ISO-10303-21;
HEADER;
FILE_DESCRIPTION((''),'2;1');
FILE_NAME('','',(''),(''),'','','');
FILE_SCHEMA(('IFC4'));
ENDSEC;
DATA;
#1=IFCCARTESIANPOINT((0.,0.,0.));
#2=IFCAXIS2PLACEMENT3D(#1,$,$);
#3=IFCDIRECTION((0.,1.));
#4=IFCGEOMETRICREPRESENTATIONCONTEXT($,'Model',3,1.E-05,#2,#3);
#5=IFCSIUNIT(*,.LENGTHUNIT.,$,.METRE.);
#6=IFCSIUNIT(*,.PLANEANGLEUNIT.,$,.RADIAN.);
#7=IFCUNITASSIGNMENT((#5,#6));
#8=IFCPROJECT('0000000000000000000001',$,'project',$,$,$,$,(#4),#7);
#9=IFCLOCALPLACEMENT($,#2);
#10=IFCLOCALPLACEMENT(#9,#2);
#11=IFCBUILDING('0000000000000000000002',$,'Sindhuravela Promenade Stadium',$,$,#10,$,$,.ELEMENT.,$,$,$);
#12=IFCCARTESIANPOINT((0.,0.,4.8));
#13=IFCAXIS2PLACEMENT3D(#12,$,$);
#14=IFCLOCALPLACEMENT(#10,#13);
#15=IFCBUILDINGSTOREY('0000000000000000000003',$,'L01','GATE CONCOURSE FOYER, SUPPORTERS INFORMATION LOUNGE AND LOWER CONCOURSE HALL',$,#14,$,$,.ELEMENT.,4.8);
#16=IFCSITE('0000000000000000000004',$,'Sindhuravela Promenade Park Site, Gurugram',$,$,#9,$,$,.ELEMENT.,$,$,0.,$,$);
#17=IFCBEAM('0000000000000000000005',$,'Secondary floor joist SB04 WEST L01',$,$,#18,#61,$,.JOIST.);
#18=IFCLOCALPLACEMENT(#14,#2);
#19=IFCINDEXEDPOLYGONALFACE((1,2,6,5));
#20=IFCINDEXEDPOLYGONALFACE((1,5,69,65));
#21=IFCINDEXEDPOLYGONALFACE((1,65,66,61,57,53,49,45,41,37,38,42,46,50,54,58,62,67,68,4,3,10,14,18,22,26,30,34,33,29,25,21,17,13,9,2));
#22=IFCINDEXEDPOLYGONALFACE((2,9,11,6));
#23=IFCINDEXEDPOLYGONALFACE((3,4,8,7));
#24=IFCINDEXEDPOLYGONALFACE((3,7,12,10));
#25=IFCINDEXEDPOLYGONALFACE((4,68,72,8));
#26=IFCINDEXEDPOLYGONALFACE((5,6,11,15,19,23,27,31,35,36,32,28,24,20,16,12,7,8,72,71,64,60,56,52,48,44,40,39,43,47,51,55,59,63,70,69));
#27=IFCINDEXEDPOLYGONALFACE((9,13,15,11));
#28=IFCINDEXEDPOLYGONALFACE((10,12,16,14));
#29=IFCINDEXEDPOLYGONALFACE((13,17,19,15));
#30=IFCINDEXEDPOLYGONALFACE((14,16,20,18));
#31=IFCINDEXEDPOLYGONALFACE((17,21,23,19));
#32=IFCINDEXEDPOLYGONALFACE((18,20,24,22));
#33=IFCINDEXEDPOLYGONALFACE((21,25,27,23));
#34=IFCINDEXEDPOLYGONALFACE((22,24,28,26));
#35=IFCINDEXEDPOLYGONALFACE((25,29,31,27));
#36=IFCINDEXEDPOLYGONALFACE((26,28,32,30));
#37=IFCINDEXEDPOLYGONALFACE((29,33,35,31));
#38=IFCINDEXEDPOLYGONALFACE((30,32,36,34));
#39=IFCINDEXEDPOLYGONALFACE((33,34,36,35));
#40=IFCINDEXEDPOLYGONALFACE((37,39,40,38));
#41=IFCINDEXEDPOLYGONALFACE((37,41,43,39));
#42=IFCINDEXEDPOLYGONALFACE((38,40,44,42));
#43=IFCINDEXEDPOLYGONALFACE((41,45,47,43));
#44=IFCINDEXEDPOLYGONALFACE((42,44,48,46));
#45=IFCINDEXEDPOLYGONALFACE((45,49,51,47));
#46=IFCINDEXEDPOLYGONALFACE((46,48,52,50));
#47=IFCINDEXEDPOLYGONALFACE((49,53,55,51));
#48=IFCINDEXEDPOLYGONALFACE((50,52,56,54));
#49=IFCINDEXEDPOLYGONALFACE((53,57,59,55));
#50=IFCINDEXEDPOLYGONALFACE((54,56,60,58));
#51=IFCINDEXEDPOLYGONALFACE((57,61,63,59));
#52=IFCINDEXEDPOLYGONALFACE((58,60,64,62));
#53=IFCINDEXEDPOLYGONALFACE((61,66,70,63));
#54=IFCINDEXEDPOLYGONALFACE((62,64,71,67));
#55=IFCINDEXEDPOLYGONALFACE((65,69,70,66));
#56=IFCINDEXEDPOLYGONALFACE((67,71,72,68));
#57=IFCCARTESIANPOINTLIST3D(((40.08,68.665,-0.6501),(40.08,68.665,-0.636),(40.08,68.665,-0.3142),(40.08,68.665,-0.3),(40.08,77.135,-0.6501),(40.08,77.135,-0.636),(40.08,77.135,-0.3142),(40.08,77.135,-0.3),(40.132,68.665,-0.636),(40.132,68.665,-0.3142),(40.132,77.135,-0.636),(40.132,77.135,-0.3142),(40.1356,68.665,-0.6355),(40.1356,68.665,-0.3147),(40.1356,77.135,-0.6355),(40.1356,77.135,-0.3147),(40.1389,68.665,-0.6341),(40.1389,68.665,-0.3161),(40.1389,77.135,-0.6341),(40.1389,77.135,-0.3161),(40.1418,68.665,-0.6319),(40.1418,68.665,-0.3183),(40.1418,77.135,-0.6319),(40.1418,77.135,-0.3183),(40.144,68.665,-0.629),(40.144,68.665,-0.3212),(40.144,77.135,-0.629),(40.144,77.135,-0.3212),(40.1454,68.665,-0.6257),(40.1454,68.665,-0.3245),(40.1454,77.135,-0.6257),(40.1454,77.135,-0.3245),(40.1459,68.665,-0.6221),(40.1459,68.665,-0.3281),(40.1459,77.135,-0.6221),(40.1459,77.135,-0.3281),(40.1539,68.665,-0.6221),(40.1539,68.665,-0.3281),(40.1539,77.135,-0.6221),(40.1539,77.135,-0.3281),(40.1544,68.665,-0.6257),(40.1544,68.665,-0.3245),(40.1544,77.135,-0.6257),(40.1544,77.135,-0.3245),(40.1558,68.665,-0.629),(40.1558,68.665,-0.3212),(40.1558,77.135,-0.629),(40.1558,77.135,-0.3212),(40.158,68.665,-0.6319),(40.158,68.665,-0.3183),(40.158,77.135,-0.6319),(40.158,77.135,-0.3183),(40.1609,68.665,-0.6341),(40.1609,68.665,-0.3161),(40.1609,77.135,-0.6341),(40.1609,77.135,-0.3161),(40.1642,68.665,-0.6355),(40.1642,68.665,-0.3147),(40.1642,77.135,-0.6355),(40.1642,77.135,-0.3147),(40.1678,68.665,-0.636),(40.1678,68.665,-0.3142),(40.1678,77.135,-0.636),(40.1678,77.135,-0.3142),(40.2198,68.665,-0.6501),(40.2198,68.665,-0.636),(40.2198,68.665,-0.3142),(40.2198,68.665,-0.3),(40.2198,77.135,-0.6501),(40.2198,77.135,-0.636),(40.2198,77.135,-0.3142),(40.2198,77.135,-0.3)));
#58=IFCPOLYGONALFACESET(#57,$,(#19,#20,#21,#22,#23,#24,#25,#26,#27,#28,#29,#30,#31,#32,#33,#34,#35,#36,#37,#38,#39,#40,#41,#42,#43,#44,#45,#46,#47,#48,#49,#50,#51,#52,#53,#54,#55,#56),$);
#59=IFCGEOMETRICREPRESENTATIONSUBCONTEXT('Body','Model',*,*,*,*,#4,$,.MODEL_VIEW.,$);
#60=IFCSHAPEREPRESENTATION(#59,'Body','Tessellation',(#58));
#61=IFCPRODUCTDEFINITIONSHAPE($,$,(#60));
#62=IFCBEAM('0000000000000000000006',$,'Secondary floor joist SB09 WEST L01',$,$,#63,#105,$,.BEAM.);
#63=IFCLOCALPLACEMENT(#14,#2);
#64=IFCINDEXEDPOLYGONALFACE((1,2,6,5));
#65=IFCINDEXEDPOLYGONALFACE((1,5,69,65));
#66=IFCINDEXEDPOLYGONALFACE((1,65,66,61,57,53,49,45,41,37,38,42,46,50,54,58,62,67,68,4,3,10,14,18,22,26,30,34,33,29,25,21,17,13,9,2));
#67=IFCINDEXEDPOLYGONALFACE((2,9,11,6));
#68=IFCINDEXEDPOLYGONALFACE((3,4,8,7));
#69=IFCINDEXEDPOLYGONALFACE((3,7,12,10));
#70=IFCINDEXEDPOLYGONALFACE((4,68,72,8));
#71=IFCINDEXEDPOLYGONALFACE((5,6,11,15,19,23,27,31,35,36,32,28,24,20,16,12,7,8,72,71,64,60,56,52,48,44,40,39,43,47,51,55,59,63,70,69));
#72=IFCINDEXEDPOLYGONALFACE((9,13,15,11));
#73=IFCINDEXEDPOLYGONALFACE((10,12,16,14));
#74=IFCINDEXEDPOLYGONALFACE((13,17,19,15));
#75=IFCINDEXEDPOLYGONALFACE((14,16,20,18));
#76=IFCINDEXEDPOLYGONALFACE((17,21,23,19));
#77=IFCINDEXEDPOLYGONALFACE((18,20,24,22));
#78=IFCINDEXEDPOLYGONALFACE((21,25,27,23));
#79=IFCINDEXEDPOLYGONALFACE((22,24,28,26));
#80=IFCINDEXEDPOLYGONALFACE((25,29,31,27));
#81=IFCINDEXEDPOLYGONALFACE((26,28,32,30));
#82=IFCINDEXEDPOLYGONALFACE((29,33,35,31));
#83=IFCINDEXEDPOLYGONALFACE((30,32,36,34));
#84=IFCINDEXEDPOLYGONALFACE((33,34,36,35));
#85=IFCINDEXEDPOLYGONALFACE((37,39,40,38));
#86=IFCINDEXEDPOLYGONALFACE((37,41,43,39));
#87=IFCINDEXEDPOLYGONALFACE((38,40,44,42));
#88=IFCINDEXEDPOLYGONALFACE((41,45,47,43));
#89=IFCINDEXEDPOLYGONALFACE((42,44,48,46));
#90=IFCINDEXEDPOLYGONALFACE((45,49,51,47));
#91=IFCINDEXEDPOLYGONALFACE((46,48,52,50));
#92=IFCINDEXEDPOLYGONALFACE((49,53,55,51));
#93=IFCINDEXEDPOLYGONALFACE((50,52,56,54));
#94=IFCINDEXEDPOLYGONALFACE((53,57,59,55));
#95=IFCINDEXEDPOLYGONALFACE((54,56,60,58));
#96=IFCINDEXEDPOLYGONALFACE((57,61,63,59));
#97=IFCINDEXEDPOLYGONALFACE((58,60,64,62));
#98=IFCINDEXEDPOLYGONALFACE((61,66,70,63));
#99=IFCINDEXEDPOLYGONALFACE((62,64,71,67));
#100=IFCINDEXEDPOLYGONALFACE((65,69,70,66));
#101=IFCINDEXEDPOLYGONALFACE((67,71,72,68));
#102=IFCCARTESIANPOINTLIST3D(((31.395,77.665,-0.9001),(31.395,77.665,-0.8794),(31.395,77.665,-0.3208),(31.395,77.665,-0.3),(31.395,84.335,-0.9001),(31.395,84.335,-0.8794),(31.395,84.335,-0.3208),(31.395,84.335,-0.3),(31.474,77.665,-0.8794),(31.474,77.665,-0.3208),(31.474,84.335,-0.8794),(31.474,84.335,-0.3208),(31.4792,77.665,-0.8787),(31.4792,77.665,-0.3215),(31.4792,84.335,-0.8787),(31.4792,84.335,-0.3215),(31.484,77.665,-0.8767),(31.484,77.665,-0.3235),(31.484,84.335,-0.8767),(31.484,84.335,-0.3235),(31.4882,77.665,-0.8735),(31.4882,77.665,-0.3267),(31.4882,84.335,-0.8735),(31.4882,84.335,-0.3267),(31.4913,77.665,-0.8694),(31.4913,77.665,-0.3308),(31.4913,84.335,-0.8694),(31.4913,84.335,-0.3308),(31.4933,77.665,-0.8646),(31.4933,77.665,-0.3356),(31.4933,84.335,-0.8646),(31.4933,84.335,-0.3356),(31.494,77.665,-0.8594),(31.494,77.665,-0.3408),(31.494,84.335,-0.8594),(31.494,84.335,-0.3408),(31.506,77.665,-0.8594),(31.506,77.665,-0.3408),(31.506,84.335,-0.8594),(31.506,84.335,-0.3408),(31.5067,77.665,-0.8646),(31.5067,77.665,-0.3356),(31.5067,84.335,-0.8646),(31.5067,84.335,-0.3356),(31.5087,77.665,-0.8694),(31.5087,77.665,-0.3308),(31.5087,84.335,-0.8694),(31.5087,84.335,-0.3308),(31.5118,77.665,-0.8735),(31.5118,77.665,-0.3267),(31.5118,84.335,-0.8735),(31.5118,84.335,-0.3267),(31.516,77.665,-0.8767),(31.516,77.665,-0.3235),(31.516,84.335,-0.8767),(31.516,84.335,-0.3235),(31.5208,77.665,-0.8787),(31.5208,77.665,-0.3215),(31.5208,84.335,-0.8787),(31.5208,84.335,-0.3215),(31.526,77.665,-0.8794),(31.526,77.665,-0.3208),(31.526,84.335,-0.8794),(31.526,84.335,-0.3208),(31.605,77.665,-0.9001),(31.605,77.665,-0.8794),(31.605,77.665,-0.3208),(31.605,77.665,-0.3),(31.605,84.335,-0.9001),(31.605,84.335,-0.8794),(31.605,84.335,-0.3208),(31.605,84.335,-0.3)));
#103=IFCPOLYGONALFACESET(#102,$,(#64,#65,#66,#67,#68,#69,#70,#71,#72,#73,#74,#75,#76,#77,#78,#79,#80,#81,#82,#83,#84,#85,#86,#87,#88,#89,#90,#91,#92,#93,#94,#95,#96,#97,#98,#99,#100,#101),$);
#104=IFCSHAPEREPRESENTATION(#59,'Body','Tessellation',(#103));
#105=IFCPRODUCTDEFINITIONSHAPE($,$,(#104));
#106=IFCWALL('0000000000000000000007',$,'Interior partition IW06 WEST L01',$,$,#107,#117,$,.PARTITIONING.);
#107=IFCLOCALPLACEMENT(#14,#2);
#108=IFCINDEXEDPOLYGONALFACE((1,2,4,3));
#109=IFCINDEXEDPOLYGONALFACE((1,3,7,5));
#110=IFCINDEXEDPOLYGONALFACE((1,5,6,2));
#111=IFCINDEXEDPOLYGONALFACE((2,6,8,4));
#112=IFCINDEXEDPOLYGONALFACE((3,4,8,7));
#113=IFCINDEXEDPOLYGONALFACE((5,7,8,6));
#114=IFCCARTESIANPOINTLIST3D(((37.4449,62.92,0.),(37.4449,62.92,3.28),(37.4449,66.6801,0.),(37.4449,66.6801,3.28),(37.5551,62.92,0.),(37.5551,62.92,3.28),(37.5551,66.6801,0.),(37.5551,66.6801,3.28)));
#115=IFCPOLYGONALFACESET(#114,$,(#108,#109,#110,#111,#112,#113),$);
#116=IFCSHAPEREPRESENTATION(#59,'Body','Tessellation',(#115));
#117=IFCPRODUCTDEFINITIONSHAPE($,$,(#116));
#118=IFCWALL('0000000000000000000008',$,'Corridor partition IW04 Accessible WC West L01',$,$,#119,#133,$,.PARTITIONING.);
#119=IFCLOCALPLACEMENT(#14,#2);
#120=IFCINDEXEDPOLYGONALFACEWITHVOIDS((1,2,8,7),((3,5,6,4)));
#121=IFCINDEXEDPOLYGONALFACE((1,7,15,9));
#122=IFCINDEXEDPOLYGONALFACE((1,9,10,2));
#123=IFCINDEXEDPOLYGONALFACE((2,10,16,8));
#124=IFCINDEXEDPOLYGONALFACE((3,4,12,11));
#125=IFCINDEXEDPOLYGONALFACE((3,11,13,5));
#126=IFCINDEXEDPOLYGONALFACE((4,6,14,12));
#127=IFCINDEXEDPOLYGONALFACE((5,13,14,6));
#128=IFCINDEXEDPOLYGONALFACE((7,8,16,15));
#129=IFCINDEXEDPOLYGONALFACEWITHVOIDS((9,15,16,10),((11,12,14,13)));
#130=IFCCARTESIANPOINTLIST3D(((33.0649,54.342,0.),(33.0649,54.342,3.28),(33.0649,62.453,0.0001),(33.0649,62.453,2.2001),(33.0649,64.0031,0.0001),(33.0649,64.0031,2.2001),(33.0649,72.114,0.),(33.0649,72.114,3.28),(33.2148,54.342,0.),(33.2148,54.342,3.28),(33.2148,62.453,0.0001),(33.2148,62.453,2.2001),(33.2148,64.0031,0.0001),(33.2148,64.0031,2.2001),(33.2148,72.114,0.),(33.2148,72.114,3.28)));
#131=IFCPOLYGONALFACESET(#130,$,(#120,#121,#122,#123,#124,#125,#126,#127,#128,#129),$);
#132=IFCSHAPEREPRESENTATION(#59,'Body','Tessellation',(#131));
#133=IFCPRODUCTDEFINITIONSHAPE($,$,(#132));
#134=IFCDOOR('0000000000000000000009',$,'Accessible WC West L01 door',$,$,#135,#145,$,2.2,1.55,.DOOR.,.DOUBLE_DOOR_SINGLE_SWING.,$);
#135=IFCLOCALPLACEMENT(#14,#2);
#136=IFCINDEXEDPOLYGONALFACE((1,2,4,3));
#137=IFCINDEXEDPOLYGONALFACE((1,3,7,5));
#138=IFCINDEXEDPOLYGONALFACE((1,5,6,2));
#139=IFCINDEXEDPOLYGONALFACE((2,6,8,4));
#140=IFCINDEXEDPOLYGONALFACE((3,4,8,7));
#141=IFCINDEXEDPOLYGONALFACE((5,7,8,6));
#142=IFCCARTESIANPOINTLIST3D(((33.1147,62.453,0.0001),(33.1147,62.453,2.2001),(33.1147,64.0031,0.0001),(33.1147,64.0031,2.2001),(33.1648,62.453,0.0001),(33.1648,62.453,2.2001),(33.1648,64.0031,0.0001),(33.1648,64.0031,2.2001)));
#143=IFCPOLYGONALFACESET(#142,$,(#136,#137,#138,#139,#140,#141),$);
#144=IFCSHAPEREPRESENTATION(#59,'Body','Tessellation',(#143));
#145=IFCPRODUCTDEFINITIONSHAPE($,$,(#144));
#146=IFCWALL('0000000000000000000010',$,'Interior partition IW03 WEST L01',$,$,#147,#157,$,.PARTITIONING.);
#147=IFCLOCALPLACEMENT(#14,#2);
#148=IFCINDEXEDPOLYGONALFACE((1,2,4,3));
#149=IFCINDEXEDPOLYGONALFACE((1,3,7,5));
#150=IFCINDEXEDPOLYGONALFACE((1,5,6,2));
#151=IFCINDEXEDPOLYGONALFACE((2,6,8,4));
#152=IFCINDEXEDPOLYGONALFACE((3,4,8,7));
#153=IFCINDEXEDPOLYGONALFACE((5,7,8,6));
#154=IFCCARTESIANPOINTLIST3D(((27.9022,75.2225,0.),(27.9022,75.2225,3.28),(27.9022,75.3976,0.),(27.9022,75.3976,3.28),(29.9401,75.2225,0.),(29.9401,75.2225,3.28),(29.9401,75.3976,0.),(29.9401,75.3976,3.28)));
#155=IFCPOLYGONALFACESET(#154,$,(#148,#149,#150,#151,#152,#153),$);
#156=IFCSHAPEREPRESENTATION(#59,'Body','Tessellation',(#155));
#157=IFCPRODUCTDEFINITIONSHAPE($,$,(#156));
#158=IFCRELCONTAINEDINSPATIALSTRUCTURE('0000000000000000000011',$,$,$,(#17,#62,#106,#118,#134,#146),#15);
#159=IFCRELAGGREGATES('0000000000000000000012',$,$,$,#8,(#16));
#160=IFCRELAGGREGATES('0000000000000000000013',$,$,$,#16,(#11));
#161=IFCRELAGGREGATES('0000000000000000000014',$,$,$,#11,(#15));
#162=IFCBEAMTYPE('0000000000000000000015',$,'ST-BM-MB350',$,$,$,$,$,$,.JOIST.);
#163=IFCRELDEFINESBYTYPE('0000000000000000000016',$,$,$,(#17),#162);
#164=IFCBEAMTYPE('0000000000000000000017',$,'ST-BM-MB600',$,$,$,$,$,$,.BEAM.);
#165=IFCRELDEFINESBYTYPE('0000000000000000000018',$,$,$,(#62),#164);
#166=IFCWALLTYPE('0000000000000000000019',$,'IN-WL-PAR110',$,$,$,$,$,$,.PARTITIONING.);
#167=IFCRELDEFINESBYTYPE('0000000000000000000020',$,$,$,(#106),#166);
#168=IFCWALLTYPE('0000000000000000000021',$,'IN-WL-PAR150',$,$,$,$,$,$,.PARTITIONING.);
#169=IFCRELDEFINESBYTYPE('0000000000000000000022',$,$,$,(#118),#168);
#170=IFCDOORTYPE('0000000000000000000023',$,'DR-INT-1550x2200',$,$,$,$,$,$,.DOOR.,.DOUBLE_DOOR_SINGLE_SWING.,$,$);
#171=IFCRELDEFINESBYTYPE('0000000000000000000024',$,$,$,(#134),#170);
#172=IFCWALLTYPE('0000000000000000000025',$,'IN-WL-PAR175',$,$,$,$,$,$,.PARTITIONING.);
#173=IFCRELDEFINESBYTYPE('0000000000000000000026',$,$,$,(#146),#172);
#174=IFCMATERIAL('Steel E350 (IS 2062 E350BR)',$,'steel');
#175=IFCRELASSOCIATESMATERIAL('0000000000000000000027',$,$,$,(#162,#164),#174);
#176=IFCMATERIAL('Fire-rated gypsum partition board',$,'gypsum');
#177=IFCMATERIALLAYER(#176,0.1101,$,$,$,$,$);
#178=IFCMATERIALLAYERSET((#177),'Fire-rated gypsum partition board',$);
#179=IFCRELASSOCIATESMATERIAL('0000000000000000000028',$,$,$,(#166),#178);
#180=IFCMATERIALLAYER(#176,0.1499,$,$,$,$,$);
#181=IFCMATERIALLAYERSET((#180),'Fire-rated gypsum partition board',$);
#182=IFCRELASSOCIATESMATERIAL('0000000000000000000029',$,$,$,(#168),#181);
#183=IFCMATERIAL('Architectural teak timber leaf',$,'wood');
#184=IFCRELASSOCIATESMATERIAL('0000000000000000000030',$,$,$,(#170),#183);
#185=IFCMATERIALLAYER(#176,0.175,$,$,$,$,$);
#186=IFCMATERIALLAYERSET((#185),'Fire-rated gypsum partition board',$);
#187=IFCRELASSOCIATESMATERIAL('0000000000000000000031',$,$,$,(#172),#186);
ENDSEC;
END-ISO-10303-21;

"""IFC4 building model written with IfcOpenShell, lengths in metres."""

from ifc_helpers import new_model, si_unit, direction, frame, frame_2d, origin, origin_2d, place, context, subcontext, project, spatial, rectangle, i_section, extrude, material, layer, layer_set, material_profile, profile_set, type_object, element, fill, save


model = new_model("IFC4")

# Units and contexts
model_context = context("Model", 3, precision=1e-05, world=origin(), true_north=direction((0.0, 1.0)))
body_context = subcontext(model_context, "Body", "Model", "MODEL_VIEW")
ifc_project = project(units=[si_unit("LENGTHUNIT", "METRE"), si_unit("PLANEANGLEUNIT", "RADIAN")], contexts=[model_context])

# Site, building, storey
site_placement = place(None, origin())
site = spatial("IfcSite", under=ifc_project, at=site_placement, Name="Sindhuravela Promenade Park Site, Gurugram", CompositionType="ELEMENT", RefElevation=0.0)
building_placement = place(site_placement, origin())
building = spatial("IfcBuilding", under=site, at=building_placement, Name="Sindhuravela Promenade Stadium", CompositionType="ELEMENT")
storey_placement = place(building_placement, frame((0.0, 0.0, 4.8)))
storey = spatial("IfcBuildingStorey", under=building, at=storey_placement, Name="L01", Description="GATE CONCOURSE FOYER, SUPPORTERS INFORMATION LOUNGE AND LOWER CONCOURSE HALL", CompositionType="ELEMENT", Elevation=4.8)

# Beams
ifc_material_1 = material(Name="Steel E350 (IS 2062 E350BR)", Category="steel")
ifc_material_profile_1 = material_profile(ifc_material_1, i_section(OverallWidth=0.1399, OverallDepth=0.3501, WebThickness=0.0081, FlangeThickness=0.0142, FilletRadius=0.0139, at=origin_2d()), Name="ISMB 350")
ifc_profile_set_1 = profile_set([ifc_material_profile_1], Name="Steel E350 (IS 2062 E350BR)")
beam_type_1 = type_object("IfcBeamType", Name="ST-BM-MB350", PredefinedType="JOIST", material=ifc_profile_set_1)
beam_1_placement = place(storey_placement, frame((40.1499, 68.665, -0.4751), z_axis=(0.0, 1.0, 0.0), x_axis=(-1.0, 0.0, 0.0)))
element("IfcBeam", 1, at=beam_1_placement, inside=storey, type_object=beam_type_1, Name="Secondary floor joist SB04 WEST L01", PredefinedType="JOIST", context=body_context, shape_type="SweptSolid", body=[
    extrude(i_section(OverallWidth=0.1399, OverallDepth=0.3501, WebThickness=0.0081, FlangeThickness=0.0142, FilletRadius=0.0139, at=origin_2d()), origin(), (0.0, 0.0, 1.0), 8.47),
])
ifc_material_profile_2 = material_profile(ifc_material_1, i_section(OverallWidth=0.21, OverallDepth=0.6001, WebThickness=0.012, FlangeThickness=0.0208, FilletRadius=0.02, at=origin_2d()), Name="ISMB 600")
ifc_profile_set_2 = profile_set([ifc_material_profile_2], Name="Steel E350 (IS 2062 E350BR)")
beam_type_2 = type_object("IfcBeamType", Name="ST-BM-MB600", PredefinedType="BEAM", material=ifc_profile_set_2)
beam_2_placement = place(storey_placement, frame((31.5, 77.665, -0.6001), z_axis=(0.0, 1.0, 0.0), x_axis=(-1.0, 0.0, 0.0)))
element("IfcBeam", 2, at=beam_2_placement, inside=storey, type_object=beam_type_2, Name="Secondary floor joist SB09 WEST L01", PredefinedType="BEAM", context=body_context, shape_type="SweptSolid", body=[
    extrude(i_section(OverallWidth=0.21, OverallDepth=0.6001, WebThickness=0.012, FlangeThickness=0.0208, FilletRadius=0.02, at=origin_2d()), origin(), (0.0, 0.0, 1.0), 6.6699),
])

# Wall
ifc_material_2 = material(Name="Fire-rated gypsum partition board", Category="gypsum")
ifc_layer_1 = layer(ifc_material_2, 0.1101)
ifc_layer_set_1 = layer_set([ifc_layer_1], Name="Fire-rated gypsum partition board")
wall_type_1 = type_object("IfcWallType", Name="IN-WL-PAR110", PredefinedType="PARTITIONING", material=ifc_layer_set_1)
wall_1_placement = place(storey_placement, frame((37.5, 66.6799, 0.0), z_axis=(0.0, 0.0, 1.0), x_axis=(0.0, -1.0, 0.0)))
element("IfcWall", 3, at=wall_1_placement, inside=storey, type_object=wall_type_1, Name="Interior partition IW06 WEST L01", PredefinedType="PARTITIONING", context=body_context, shape_type="SweptSolid", body=[
    extrude(rectangle(XDim=3.76, YDim=0.1101, at=frame_2d((1.8799, 0.0))), origin(), (0.0, 0.0, 1.0), 3.28),
])

# Wall, opening, door
ifc_layer_2 = layer(ifc_material_2, 0.1499)
ifc_layer_set_2 = layer_set([ifc_layer_2], Name="Fire-rated gypsum partition board")
wall_type_2 = type_object("IfcWallType", Name="IN-WL-PAR150", PredefinedType="PARTITIONING", material=ifc_layer_set_2)
wall_2_placement = place(storey_placement, frame((33.1399, 72.114, 0.0), z_axis=(0.0, 0.0, 1.0), x_axis=(0.0, -1.0, 0.0)))
wall_2 = element("IfcWall", 4, at=wall_2_placement, inside=storey, type_object=wall_type_2, Name="Corridor partition IW04 Accessible WC West L01", PredefinedType="PARTITIONING", context=body_context, shape_type="SweptSolid", body=[
    extrude(rectangle(XDim=17.772, YDim=0.1499, at=frame_2d((8.886, 0.0))), origin(), (0.0, 0.0, 1.0), 3.28),
])
opening_1_placement = place(wall_2_placement, frame((8.1111, 0.0, 0.0)))
opening_1 = element("IfcOpeningElement", 5, at=opening_1_placement, cuts=wall_2, PredefinedType="OPENING", context=body_context, shape_type="SweptSolid", body=[
    extrude(rectangle(XDim=1.55, YDim=2.2, at=frame_2d((0.7749, 1.1001))), frame((0.0, 0.085, 0.0), z_axis=(0.0, -1.0, 0.0), x_axis=(1.0, 0.0, 0.0)), (0.0, 0.0, 1.0), 0.1699),
])
ifc_material_3 = material(Name="Architectural teak timber leaf", Category="wood")
door_type_1 = type_object("IfcDoorType", Name="DR-INT-1550x2200", OperationType="DOUBLE_DOOR_SINGLE_SWING", PredefinedType="DOOR", material=ifc_material_3)
door_1_placement = place(opening_1_placement, origin())
door_1 = element("IfcDoor", 6, at=door_1_placement, inside=storey, type_object=door_type_1, Name="Accessible WC West L01 door", OperationType="DOUBLE_DOOR_SINGLE_SWING", OverallHeight=2.2, OverallWidth=1.55, PredefinedType="DOOR", context=body_context, shape_type="SweptSolid", body=[
    extrude(rectangle(XDim=1.55, YDim=2.2, at=frame_2d((0.7749, 1.1001))), frame((0.0, 0.0249, 0.0), z_axis=(0.0, -1.0, 0.0), x_axis=(1.0, 0.0, 0.0)), (0.0, 0.0, 1.0), 0.05),
])
fill(opening_1, door_1)

# Wall
ifc_layer_3 = layer(ifc_material_2, 0.175)
ifc_layer_set_3 = layer_set([ifc_layer_3], Name="Fire-rated gypsum partition board")
wall_type_3 = type_object("IfcWallType", Name="IN-WL-PAR175", PredefinedType="PARTITIONING", material=ifc_layer_set_3)
wall_3_placement = place(storey_placement, frame((27.9021, 75.3101, 0.0), z_axis=(0.0, 0.0, 1.0), x_axis=(1.0, 0.0, 0.0)))
element("IfcWall", 7, at=wall_3_placement, inside=storey, type_object=wall_type_3, Name="Interior partition IW03 WEST L01", PredefinedType="PARTITIONING", context=body_context, shape_type="SweptSolid", body=[
    extrude(rectangle(XDim=2.0378, YDim=0.175, at=frame_2d((1.019, 0.0))), origin(), (0.0, 0.0, 1.0), 3.28),
])

save(model, "model.ifc")
